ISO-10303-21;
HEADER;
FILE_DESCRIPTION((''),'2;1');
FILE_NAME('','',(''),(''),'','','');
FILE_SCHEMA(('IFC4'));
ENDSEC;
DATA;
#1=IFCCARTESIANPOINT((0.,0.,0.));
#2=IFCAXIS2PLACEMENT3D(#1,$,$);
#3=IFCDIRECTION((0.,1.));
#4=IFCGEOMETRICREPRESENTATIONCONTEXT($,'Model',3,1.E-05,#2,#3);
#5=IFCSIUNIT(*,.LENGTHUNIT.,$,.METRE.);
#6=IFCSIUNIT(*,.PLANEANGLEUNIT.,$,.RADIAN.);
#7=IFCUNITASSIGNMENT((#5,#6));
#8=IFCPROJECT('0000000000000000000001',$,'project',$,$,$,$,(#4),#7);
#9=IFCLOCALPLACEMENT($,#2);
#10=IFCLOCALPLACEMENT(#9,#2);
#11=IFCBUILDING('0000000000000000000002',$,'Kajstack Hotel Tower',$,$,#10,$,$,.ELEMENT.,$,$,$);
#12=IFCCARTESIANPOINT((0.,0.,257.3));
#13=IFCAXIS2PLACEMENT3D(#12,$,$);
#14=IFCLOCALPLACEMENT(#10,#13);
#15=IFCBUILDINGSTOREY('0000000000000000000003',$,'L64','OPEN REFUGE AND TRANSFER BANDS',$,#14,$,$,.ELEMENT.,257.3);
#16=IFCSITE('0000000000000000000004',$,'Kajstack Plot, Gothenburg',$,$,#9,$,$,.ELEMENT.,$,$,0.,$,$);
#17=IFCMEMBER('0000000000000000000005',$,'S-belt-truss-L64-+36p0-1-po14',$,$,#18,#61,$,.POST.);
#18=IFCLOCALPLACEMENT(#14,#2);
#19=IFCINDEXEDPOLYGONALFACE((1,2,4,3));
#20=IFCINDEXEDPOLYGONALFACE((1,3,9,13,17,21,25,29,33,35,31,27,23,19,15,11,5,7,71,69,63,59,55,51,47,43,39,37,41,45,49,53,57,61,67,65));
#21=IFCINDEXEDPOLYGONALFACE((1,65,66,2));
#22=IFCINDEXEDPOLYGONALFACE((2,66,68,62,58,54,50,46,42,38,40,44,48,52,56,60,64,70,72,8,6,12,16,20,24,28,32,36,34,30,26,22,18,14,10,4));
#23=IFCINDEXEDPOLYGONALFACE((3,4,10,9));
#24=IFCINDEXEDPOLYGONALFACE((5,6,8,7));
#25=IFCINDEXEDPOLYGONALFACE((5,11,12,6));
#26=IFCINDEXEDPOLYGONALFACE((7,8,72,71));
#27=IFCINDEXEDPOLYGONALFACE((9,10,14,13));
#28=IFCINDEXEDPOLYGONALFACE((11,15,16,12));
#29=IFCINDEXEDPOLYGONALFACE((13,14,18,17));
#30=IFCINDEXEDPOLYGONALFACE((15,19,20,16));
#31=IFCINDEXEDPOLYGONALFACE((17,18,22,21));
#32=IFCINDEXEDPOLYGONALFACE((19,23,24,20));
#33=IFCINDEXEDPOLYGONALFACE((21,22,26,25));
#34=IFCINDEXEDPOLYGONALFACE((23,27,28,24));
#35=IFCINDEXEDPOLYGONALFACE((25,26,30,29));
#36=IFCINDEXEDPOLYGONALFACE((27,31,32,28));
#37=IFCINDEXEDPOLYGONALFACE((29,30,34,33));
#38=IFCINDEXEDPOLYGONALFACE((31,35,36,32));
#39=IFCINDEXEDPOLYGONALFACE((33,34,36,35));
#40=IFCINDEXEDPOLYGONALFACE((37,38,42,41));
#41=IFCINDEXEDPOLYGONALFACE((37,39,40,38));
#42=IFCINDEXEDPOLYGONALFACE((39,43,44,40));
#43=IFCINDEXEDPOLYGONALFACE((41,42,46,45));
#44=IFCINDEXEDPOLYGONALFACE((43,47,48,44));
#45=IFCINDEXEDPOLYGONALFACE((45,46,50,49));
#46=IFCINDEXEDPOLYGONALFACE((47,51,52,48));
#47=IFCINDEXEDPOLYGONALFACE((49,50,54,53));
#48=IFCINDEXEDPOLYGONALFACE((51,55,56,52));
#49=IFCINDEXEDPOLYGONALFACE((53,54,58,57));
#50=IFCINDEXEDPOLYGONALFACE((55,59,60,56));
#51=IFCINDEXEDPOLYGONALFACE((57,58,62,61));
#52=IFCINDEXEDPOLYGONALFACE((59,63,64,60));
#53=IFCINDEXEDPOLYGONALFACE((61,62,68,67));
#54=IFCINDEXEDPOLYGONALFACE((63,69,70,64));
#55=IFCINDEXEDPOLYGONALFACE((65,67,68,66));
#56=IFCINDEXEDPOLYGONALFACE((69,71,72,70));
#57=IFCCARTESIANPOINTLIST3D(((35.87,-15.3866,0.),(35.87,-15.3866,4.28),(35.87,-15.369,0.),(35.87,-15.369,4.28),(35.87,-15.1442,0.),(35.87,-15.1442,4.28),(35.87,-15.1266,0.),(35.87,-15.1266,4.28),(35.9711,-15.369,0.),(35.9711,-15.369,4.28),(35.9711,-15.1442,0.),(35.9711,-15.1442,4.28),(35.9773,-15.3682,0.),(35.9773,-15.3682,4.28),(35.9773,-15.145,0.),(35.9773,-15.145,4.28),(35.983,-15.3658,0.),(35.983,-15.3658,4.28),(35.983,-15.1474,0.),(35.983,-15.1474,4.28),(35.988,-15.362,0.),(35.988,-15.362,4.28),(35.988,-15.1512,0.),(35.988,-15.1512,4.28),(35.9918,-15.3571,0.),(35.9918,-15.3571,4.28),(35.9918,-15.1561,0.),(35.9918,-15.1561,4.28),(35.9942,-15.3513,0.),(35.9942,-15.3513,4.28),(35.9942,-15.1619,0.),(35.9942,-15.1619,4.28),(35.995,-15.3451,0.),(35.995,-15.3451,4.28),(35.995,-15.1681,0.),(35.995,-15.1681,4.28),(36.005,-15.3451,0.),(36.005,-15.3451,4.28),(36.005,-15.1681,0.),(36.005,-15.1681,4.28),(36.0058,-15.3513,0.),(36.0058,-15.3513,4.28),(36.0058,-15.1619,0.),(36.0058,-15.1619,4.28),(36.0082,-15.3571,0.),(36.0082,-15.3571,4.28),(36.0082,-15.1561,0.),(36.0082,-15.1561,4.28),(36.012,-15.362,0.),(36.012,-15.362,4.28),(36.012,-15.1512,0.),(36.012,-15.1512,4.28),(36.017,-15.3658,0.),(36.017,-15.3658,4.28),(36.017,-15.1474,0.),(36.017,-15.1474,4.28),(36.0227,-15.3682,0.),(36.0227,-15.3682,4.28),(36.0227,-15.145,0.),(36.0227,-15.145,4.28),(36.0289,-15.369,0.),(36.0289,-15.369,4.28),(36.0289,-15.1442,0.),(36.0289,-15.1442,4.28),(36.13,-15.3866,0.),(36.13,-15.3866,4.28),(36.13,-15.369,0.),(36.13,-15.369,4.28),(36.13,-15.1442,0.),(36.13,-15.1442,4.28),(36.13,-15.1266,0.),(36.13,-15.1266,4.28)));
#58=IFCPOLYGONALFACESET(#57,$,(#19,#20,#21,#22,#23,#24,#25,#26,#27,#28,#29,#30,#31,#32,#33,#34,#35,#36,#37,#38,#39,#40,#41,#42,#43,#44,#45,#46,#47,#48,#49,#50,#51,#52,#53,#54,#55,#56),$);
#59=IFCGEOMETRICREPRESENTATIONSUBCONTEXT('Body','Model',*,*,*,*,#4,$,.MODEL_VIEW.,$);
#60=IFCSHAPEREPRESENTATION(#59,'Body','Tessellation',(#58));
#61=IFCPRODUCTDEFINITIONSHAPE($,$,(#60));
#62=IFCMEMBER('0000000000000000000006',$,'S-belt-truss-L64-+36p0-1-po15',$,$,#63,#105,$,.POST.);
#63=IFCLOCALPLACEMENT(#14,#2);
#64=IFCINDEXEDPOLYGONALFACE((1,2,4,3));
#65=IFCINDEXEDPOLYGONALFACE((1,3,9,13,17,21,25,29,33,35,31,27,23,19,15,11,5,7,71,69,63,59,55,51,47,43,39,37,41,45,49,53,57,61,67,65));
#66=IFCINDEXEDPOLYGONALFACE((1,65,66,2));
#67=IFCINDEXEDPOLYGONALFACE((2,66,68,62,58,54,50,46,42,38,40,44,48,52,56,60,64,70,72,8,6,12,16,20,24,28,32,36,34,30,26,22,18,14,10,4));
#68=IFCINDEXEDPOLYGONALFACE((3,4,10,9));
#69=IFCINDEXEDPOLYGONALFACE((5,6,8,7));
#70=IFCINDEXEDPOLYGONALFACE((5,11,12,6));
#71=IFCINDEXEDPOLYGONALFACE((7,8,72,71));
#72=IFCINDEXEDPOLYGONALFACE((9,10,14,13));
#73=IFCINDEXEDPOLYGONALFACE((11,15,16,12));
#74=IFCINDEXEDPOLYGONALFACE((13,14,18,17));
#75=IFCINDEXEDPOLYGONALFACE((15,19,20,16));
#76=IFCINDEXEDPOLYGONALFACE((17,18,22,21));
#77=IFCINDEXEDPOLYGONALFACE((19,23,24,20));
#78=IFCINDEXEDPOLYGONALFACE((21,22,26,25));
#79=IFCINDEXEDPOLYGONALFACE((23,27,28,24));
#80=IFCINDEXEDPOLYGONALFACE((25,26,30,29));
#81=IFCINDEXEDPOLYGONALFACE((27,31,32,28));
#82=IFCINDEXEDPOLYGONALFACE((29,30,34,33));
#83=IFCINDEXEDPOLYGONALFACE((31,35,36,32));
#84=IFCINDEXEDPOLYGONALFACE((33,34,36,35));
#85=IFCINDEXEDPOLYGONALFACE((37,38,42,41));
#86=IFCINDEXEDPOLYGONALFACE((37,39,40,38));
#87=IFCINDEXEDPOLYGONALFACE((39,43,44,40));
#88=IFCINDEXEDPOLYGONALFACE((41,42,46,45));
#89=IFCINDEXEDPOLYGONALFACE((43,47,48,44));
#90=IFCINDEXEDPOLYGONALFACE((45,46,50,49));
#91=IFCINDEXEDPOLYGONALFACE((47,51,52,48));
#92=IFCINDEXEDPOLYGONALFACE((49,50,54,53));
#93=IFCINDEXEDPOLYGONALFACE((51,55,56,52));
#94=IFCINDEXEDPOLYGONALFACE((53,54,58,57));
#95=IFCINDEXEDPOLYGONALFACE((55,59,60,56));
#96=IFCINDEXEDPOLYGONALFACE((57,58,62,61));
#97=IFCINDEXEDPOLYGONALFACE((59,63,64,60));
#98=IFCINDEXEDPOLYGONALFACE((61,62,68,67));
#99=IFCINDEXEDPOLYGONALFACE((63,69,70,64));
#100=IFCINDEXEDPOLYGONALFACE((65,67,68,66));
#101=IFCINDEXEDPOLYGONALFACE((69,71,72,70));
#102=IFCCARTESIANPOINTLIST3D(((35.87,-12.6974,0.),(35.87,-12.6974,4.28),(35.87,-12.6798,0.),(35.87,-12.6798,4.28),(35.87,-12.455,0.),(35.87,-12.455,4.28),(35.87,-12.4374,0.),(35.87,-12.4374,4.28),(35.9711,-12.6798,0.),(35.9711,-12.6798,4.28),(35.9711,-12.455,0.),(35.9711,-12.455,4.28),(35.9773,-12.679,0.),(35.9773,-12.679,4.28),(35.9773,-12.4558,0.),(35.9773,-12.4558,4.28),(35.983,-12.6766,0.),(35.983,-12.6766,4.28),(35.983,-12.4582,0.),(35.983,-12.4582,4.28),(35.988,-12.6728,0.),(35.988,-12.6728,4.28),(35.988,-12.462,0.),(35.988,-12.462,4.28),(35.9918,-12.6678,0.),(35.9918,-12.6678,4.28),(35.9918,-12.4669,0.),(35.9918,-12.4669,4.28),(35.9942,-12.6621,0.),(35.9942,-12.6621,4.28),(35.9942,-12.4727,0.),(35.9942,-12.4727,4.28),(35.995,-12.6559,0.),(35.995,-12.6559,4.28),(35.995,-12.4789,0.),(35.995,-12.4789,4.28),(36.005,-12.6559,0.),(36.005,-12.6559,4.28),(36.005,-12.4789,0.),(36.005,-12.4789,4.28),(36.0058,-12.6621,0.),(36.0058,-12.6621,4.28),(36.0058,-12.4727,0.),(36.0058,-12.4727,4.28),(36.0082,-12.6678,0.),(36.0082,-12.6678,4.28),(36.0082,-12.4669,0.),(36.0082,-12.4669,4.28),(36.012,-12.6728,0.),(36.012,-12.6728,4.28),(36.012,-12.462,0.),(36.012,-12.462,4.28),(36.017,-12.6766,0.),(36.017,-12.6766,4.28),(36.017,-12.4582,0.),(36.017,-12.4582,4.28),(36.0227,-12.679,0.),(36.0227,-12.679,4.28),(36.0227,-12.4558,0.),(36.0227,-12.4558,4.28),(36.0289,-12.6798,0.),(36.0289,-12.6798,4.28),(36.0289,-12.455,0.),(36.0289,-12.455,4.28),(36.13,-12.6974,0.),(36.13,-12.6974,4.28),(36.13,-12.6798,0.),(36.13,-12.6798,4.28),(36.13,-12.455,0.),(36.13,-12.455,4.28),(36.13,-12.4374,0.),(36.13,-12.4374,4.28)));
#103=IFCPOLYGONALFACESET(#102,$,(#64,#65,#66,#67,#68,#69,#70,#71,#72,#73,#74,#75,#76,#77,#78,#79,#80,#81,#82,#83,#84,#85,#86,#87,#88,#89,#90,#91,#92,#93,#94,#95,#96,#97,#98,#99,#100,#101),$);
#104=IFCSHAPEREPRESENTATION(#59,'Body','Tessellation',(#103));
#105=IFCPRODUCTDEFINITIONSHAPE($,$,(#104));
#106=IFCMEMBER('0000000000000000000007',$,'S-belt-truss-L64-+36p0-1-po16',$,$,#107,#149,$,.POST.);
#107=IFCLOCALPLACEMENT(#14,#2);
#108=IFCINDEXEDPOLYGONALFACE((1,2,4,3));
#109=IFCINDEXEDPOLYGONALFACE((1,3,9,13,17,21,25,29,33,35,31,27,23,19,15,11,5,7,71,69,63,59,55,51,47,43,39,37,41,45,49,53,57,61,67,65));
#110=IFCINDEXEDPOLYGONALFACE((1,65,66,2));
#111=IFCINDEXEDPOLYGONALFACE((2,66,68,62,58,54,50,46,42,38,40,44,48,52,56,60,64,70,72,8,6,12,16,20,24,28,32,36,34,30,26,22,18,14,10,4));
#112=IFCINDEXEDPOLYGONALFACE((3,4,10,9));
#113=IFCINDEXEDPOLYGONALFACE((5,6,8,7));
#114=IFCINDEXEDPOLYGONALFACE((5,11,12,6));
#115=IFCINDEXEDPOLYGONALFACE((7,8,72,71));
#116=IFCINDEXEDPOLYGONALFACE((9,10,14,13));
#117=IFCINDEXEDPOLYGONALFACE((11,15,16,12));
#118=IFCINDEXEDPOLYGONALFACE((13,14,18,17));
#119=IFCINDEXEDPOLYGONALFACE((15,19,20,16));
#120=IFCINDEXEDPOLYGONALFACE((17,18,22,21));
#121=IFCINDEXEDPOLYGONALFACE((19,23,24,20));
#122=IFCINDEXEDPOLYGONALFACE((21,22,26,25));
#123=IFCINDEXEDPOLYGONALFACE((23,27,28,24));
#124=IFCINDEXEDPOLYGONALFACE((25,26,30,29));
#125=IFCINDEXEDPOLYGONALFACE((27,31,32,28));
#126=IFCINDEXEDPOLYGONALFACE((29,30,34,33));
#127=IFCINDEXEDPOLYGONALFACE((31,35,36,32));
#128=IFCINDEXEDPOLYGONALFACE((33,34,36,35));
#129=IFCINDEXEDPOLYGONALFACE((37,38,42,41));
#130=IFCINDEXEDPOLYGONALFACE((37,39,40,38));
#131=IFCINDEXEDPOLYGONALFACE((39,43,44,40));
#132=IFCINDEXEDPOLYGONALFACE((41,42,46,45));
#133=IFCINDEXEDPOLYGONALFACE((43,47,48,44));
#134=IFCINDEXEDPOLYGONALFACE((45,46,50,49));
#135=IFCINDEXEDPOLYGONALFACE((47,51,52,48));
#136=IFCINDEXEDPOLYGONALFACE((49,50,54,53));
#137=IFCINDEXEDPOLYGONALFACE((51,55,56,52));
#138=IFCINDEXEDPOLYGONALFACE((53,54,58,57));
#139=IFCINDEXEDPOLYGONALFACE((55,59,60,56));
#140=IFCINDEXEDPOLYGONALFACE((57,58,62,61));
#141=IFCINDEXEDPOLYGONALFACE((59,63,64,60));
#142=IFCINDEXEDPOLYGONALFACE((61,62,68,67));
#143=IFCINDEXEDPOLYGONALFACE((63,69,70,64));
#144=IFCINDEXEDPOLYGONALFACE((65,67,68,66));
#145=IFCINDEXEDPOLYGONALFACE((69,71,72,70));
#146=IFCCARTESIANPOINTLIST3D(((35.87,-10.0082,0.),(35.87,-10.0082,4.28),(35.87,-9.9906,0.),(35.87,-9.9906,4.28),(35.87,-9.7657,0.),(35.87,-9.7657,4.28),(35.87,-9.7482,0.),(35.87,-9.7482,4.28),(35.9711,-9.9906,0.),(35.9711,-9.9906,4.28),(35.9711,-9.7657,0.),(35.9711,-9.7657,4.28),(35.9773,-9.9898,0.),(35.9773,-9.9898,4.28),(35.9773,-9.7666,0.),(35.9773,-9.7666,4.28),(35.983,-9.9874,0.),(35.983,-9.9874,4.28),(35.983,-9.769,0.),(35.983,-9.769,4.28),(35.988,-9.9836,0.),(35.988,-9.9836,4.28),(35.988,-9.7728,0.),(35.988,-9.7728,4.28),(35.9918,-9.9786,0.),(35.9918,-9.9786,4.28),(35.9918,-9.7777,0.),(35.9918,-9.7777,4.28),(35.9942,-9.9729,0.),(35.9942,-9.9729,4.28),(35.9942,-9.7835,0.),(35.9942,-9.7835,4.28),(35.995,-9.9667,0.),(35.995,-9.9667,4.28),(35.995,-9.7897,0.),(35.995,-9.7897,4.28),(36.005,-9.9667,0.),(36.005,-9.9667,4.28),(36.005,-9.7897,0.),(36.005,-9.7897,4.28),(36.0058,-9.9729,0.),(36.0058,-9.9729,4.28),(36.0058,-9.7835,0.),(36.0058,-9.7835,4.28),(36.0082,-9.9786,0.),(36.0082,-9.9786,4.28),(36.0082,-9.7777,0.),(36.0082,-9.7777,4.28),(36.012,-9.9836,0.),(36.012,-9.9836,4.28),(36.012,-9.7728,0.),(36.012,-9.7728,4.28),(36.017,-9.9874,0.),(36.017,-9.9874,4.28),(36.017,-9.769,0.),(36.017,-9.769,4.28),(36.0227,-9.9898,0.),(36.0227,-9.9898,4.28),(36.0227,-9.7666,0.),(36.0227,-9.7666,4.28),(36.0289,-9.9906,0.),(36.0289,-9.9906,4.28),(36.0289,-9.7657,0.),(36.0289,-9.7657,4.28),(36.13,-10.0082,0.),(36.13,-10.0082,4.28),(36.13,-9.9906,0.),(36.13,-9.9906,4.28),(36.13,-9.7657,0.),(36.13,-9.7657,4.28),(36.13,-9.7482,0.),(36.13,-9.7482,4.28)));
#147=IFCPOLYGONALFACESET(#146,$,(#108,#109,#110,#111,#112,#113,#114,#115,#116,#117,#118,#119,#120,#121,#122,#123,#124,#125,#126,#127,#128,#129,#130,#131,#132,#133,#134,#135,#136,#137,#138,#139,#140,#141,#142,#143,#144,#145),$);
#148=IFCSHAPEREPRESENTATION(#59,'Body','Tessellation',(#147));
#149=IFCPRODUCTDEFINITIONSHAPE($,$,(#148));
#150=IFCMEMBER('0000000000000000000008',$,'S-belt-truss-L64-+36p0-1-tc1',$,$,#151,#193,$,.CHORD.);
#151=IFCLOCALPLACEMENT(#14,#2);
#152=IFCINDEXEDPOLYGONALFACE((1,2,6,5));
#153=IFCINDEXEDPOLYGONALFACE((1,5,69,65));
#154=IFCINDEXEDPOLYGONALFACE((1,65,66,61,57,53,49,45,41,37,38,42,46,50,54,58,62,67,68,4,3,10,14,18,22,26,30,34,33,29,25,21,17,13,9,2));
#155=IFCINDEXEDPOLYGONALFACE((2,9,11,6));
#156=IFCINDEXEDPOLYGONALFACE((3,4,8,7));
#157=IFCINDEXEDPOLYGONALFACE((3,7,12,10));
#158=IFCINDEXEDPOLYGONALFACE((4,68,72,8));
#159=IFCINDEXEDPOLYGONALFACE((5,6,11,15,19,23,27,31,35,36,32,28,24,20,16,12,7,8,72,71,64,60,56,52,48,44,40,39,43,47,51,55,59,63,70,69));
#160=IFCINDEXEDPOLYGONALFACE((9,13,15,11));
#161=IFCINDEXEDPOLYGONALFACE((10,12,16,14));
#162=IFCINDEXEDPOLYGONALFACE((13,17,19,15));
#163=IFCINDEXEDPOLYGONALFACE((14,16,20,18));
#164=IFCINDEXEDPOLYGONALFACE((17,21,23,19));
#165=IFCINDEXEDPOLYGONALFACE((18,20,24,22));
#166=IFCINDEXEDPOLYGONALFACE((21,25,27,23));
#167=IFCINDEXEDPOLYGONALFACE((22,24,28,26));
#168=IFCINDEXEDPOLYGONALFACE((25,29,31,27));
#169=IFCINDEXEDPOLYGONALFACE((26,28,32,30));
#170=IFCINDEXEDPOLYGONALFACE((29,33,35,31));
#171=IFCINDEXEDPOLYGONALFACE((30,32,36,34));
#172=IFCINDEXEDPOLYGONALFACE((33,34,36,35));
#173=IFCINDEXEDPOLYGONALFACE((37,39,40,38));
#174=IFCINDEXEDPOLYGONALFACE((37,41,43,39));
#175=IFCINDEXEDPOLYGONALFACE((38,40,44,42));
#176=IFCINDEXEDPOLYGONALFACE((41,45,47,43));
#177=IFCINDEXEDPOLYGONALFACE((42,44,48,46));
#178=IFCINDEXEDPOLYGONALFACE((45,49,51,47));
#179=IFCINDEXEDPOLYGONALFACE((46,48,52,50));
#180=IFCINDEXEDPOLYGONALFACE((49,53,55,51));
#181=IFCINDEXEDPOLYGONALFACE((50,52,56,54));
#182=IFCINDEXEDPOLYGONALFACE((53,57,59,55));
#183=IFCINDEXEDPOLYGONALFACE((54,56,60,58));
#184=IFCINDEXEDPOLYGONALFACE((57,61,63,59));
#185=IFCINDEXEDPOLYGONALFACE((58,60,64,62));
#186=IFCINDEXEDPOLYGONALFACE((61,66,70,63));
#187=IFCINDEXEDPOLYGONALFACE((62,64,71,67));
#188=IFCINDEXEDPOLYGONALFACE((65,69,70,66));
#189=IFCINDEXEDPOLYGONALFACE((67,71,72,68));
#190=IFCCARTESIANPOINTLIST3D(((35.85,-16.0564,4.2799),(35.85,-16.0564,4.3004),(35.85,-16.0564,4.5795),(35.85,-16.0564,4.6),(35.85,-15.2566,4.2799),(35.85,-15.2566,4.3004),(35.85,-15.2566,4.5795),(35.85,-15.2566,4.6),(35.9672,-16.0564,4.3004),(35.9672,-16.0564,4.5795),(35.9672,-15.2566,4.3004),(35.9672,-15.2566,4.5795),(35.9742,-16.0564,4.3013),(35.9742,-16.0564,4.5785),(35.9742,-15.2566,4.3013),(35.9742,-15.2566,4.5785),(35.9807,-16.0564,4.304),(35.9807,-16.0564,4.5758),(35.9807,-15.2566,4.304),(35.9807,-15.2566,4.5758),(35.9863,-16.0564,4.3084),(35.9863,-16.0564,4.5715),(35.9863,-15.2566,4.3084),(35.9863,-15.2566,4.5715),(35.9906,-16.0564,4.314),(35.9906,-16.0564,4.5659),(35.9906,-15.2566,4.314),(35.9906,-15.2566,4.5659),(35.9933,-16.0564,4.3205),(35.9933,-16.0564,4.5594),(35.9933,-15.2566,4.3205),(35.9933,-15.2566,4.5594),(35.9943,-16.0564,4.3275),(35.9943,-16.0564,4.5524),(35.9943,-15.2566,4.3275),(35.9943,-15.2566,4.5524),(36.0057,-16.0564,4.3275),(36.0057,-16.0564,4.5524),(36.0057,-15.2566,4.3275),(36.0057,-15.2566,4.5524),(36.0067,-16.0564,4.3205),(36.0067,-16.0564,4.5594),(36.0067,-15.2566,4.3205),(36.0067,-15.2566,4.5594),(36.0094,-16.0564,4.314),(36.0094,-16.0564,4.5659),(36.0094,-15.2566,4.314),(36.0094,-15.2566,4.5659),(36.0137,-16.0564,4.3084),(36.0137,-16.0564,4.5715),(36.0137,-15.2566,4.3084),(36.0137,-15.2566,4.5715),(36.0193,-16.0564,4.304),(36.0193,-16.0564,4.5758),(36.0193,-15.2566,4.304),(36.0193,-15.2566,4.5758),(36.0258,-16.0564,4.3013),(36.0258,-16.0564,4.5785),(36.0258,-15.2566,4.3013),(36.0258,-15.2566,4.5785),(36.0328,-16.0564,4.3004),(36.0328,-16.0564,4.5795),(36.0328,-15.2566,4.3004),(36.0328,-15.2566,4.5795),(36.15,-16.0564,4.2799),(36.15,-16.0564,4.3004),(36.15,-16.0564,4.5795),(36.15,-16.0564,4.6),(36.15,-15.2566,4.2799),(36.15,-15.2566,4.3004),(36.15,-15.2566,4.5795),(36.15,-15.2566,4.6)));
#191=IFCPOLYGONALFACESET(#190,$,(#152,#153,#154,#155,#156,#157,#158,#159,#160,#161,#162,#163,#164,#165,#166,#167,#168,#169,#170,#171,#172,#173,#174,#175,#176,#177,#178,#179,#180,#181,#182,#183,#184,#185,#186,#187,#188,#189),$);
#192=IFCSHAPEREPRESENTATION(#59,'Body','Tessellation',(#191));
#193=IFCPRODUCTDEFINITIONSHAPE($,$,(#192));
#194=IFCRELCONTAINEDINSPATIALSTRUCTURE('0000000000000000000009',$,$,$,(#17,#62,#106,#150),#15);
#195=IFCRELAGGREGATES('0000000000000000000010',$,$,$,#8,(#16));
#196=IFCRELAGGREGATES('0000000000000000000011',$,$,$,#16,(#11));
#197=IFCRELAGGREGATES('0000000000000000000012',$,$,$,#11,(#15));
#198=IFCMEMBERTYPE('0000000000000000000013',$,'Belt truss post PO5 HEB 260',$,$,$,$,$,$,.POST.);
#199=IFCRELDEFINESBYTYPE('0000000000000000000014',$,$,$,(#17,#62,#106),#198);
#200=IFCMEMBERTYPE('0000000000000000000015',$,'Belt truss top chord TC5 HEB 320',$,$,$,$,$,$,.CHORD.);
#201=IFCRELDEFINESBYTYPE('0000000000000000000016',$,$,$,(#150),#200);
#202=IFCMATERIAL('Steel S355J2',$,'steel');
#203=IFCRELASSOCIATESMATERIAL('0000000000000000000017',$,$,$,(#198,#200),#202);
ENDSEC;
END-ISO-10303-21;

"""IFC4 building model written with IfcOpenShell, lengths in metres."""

from ifc_helpers import new_model, si_unit, direction, frame, origin, origin_2d, place, context, subcontext, project, spatial, i_section, extrude, material, material_profile, profile_set, type_object, element, save


model = new_model("IFC4")

# Units and contexts
model_context = context("Model", 3, precision=1e-05, world=origin(), true_north=direction((0.0, 1.0)))
body_context = subcontext(model_context, "Body", "Model", "MODEL_VIEW")
ifc_project = project(units=[si_unit("LENGTHUNIT", "METRE"), si_unit("PLANEANGLEUNIT", "RADIAN")], contexts=[model_context])

# Site, building, storey
site_placement = place(None, origin())
site = spatial("IfcSite", under=ifc_project, at=site_placement, Name="Kajstack Plot, Gothenburg", CompositionType="ELEMENT", RefElevation=0.0)
building_placement = place(site_placement, origin())
building = spatial("IfcBuilding", under=site, at=building_placement, Name="Kajstack Hotel Tower", CompositionType="ELEMENT")
storey_placement = place(building_placement, frame((0.0, 0.0, 257.3)))
storey = spatial("IfcBuildingStorey", under=building, at=storey_placement, Name="L64", Description="OPEN REFUGE AND TRANSFER BANDS", CompositionType="ELEMENT", Elevation=257.3)

# Members
ifc_material_1 = material(Name="Steel S355J2", Category="steel")
ifc_material_profile_1 = material_profile(ifc_material_1, i_section(OverallWidth=0.26, OverallDepth=0.26, WebThickness=0.01, FlangeThickness=0.0176, FilletRadius=0.0239, at=origin_2d()), Name="HEB 260")
ifc_profile_set_1 = profile_set([ifc_material_profile_1], Name="Steel S355J2")
member_type_1 = type_object("IfcMemberType", Name="Belt truss post PO5 HEB 260", PredefinedType="POST", material=ifc_profile_set_1)
for number, where, z_axis, x_axis, name in (
    (1, (36.0, -15.2566, 0.0), (0.0, 0.0, 1.0), (1.0, 0.0, 0.0), "S-belt-truss-L64-+36p0-1-po14"),
    (2, (36.0, -12.5674, 0.0), (0.0, 0.0, 1.0), (1.0, 0.0, 0.0), "S-belt-truss-L64-+36p0-1-po15"),
    (3, (36.0, -9.8782, 0.0), (0.0, 0.0, 1.0), (1.0, 0.0, 0.0), "S-belt-truss-L64-+36p0-1-po16"),
):
    element("IfcMember", number, at=place(storey_placement, frame(where, z_axis=z_axis, x_axis=x_axis)), inside=storey, type_object=member_type_1, Name=name, PredefinedType="POST", context=body_context, shape_type="SweptSolid", body=[
        extrude(i_section(OverallWidth=0.26, OverallDepth=0.26, WebThickness=0.01, FlangeThickness=0.0176, FilletRadius=0.0239, at=origin_2d()), origin(), (0.0, 0.0, 1.0), 4.28),
    ])
ifc_material_profile_2 = material_profile(ifc_material_1, i_section(OverallWidth=0.3, OverallDepth=0.3201, WebThickness=0.0115, FlangeThickness=0.0205, FilletRadius=0.0271, at=origin_2d()), Name="HEB 320")
ifc_profile_set_2 = profile_set([ifc_material_profile_2], Name="Steel S355J2")
member_type_2 = type_object("IfcMemberType", Name="Belt truss top chord TC5 HEB 320", PredefinedType="CHORD", material=ifc_profile_set_2)
member_1_placement = place(storey_placement, frame((36.0, -16.0564, 4.4399), z_axis=(0.0, 1.0, 0.0), x_axis=(-1.0, 0.0, 0.0)))
element("IfcMember", 4, at=member_1_placement, inside=storey, type_object=member_type_2, Name="S-belt-truss-L64-+36p0-1-tc1", PredefinedType="CHORD", context=body_context, shape_type="SweptSolid", body=[
    extrude(i_section(OverallWidth=0.3, OverallDepth=0.3201, WebThickness=0.0115, FlangeThickness=0.0205, FilletRadius=0.0271, at=origin_2d()), origin(), (0.0, 0.0, 1.0), 0.7998),
])

save(model, "model.ifc")
